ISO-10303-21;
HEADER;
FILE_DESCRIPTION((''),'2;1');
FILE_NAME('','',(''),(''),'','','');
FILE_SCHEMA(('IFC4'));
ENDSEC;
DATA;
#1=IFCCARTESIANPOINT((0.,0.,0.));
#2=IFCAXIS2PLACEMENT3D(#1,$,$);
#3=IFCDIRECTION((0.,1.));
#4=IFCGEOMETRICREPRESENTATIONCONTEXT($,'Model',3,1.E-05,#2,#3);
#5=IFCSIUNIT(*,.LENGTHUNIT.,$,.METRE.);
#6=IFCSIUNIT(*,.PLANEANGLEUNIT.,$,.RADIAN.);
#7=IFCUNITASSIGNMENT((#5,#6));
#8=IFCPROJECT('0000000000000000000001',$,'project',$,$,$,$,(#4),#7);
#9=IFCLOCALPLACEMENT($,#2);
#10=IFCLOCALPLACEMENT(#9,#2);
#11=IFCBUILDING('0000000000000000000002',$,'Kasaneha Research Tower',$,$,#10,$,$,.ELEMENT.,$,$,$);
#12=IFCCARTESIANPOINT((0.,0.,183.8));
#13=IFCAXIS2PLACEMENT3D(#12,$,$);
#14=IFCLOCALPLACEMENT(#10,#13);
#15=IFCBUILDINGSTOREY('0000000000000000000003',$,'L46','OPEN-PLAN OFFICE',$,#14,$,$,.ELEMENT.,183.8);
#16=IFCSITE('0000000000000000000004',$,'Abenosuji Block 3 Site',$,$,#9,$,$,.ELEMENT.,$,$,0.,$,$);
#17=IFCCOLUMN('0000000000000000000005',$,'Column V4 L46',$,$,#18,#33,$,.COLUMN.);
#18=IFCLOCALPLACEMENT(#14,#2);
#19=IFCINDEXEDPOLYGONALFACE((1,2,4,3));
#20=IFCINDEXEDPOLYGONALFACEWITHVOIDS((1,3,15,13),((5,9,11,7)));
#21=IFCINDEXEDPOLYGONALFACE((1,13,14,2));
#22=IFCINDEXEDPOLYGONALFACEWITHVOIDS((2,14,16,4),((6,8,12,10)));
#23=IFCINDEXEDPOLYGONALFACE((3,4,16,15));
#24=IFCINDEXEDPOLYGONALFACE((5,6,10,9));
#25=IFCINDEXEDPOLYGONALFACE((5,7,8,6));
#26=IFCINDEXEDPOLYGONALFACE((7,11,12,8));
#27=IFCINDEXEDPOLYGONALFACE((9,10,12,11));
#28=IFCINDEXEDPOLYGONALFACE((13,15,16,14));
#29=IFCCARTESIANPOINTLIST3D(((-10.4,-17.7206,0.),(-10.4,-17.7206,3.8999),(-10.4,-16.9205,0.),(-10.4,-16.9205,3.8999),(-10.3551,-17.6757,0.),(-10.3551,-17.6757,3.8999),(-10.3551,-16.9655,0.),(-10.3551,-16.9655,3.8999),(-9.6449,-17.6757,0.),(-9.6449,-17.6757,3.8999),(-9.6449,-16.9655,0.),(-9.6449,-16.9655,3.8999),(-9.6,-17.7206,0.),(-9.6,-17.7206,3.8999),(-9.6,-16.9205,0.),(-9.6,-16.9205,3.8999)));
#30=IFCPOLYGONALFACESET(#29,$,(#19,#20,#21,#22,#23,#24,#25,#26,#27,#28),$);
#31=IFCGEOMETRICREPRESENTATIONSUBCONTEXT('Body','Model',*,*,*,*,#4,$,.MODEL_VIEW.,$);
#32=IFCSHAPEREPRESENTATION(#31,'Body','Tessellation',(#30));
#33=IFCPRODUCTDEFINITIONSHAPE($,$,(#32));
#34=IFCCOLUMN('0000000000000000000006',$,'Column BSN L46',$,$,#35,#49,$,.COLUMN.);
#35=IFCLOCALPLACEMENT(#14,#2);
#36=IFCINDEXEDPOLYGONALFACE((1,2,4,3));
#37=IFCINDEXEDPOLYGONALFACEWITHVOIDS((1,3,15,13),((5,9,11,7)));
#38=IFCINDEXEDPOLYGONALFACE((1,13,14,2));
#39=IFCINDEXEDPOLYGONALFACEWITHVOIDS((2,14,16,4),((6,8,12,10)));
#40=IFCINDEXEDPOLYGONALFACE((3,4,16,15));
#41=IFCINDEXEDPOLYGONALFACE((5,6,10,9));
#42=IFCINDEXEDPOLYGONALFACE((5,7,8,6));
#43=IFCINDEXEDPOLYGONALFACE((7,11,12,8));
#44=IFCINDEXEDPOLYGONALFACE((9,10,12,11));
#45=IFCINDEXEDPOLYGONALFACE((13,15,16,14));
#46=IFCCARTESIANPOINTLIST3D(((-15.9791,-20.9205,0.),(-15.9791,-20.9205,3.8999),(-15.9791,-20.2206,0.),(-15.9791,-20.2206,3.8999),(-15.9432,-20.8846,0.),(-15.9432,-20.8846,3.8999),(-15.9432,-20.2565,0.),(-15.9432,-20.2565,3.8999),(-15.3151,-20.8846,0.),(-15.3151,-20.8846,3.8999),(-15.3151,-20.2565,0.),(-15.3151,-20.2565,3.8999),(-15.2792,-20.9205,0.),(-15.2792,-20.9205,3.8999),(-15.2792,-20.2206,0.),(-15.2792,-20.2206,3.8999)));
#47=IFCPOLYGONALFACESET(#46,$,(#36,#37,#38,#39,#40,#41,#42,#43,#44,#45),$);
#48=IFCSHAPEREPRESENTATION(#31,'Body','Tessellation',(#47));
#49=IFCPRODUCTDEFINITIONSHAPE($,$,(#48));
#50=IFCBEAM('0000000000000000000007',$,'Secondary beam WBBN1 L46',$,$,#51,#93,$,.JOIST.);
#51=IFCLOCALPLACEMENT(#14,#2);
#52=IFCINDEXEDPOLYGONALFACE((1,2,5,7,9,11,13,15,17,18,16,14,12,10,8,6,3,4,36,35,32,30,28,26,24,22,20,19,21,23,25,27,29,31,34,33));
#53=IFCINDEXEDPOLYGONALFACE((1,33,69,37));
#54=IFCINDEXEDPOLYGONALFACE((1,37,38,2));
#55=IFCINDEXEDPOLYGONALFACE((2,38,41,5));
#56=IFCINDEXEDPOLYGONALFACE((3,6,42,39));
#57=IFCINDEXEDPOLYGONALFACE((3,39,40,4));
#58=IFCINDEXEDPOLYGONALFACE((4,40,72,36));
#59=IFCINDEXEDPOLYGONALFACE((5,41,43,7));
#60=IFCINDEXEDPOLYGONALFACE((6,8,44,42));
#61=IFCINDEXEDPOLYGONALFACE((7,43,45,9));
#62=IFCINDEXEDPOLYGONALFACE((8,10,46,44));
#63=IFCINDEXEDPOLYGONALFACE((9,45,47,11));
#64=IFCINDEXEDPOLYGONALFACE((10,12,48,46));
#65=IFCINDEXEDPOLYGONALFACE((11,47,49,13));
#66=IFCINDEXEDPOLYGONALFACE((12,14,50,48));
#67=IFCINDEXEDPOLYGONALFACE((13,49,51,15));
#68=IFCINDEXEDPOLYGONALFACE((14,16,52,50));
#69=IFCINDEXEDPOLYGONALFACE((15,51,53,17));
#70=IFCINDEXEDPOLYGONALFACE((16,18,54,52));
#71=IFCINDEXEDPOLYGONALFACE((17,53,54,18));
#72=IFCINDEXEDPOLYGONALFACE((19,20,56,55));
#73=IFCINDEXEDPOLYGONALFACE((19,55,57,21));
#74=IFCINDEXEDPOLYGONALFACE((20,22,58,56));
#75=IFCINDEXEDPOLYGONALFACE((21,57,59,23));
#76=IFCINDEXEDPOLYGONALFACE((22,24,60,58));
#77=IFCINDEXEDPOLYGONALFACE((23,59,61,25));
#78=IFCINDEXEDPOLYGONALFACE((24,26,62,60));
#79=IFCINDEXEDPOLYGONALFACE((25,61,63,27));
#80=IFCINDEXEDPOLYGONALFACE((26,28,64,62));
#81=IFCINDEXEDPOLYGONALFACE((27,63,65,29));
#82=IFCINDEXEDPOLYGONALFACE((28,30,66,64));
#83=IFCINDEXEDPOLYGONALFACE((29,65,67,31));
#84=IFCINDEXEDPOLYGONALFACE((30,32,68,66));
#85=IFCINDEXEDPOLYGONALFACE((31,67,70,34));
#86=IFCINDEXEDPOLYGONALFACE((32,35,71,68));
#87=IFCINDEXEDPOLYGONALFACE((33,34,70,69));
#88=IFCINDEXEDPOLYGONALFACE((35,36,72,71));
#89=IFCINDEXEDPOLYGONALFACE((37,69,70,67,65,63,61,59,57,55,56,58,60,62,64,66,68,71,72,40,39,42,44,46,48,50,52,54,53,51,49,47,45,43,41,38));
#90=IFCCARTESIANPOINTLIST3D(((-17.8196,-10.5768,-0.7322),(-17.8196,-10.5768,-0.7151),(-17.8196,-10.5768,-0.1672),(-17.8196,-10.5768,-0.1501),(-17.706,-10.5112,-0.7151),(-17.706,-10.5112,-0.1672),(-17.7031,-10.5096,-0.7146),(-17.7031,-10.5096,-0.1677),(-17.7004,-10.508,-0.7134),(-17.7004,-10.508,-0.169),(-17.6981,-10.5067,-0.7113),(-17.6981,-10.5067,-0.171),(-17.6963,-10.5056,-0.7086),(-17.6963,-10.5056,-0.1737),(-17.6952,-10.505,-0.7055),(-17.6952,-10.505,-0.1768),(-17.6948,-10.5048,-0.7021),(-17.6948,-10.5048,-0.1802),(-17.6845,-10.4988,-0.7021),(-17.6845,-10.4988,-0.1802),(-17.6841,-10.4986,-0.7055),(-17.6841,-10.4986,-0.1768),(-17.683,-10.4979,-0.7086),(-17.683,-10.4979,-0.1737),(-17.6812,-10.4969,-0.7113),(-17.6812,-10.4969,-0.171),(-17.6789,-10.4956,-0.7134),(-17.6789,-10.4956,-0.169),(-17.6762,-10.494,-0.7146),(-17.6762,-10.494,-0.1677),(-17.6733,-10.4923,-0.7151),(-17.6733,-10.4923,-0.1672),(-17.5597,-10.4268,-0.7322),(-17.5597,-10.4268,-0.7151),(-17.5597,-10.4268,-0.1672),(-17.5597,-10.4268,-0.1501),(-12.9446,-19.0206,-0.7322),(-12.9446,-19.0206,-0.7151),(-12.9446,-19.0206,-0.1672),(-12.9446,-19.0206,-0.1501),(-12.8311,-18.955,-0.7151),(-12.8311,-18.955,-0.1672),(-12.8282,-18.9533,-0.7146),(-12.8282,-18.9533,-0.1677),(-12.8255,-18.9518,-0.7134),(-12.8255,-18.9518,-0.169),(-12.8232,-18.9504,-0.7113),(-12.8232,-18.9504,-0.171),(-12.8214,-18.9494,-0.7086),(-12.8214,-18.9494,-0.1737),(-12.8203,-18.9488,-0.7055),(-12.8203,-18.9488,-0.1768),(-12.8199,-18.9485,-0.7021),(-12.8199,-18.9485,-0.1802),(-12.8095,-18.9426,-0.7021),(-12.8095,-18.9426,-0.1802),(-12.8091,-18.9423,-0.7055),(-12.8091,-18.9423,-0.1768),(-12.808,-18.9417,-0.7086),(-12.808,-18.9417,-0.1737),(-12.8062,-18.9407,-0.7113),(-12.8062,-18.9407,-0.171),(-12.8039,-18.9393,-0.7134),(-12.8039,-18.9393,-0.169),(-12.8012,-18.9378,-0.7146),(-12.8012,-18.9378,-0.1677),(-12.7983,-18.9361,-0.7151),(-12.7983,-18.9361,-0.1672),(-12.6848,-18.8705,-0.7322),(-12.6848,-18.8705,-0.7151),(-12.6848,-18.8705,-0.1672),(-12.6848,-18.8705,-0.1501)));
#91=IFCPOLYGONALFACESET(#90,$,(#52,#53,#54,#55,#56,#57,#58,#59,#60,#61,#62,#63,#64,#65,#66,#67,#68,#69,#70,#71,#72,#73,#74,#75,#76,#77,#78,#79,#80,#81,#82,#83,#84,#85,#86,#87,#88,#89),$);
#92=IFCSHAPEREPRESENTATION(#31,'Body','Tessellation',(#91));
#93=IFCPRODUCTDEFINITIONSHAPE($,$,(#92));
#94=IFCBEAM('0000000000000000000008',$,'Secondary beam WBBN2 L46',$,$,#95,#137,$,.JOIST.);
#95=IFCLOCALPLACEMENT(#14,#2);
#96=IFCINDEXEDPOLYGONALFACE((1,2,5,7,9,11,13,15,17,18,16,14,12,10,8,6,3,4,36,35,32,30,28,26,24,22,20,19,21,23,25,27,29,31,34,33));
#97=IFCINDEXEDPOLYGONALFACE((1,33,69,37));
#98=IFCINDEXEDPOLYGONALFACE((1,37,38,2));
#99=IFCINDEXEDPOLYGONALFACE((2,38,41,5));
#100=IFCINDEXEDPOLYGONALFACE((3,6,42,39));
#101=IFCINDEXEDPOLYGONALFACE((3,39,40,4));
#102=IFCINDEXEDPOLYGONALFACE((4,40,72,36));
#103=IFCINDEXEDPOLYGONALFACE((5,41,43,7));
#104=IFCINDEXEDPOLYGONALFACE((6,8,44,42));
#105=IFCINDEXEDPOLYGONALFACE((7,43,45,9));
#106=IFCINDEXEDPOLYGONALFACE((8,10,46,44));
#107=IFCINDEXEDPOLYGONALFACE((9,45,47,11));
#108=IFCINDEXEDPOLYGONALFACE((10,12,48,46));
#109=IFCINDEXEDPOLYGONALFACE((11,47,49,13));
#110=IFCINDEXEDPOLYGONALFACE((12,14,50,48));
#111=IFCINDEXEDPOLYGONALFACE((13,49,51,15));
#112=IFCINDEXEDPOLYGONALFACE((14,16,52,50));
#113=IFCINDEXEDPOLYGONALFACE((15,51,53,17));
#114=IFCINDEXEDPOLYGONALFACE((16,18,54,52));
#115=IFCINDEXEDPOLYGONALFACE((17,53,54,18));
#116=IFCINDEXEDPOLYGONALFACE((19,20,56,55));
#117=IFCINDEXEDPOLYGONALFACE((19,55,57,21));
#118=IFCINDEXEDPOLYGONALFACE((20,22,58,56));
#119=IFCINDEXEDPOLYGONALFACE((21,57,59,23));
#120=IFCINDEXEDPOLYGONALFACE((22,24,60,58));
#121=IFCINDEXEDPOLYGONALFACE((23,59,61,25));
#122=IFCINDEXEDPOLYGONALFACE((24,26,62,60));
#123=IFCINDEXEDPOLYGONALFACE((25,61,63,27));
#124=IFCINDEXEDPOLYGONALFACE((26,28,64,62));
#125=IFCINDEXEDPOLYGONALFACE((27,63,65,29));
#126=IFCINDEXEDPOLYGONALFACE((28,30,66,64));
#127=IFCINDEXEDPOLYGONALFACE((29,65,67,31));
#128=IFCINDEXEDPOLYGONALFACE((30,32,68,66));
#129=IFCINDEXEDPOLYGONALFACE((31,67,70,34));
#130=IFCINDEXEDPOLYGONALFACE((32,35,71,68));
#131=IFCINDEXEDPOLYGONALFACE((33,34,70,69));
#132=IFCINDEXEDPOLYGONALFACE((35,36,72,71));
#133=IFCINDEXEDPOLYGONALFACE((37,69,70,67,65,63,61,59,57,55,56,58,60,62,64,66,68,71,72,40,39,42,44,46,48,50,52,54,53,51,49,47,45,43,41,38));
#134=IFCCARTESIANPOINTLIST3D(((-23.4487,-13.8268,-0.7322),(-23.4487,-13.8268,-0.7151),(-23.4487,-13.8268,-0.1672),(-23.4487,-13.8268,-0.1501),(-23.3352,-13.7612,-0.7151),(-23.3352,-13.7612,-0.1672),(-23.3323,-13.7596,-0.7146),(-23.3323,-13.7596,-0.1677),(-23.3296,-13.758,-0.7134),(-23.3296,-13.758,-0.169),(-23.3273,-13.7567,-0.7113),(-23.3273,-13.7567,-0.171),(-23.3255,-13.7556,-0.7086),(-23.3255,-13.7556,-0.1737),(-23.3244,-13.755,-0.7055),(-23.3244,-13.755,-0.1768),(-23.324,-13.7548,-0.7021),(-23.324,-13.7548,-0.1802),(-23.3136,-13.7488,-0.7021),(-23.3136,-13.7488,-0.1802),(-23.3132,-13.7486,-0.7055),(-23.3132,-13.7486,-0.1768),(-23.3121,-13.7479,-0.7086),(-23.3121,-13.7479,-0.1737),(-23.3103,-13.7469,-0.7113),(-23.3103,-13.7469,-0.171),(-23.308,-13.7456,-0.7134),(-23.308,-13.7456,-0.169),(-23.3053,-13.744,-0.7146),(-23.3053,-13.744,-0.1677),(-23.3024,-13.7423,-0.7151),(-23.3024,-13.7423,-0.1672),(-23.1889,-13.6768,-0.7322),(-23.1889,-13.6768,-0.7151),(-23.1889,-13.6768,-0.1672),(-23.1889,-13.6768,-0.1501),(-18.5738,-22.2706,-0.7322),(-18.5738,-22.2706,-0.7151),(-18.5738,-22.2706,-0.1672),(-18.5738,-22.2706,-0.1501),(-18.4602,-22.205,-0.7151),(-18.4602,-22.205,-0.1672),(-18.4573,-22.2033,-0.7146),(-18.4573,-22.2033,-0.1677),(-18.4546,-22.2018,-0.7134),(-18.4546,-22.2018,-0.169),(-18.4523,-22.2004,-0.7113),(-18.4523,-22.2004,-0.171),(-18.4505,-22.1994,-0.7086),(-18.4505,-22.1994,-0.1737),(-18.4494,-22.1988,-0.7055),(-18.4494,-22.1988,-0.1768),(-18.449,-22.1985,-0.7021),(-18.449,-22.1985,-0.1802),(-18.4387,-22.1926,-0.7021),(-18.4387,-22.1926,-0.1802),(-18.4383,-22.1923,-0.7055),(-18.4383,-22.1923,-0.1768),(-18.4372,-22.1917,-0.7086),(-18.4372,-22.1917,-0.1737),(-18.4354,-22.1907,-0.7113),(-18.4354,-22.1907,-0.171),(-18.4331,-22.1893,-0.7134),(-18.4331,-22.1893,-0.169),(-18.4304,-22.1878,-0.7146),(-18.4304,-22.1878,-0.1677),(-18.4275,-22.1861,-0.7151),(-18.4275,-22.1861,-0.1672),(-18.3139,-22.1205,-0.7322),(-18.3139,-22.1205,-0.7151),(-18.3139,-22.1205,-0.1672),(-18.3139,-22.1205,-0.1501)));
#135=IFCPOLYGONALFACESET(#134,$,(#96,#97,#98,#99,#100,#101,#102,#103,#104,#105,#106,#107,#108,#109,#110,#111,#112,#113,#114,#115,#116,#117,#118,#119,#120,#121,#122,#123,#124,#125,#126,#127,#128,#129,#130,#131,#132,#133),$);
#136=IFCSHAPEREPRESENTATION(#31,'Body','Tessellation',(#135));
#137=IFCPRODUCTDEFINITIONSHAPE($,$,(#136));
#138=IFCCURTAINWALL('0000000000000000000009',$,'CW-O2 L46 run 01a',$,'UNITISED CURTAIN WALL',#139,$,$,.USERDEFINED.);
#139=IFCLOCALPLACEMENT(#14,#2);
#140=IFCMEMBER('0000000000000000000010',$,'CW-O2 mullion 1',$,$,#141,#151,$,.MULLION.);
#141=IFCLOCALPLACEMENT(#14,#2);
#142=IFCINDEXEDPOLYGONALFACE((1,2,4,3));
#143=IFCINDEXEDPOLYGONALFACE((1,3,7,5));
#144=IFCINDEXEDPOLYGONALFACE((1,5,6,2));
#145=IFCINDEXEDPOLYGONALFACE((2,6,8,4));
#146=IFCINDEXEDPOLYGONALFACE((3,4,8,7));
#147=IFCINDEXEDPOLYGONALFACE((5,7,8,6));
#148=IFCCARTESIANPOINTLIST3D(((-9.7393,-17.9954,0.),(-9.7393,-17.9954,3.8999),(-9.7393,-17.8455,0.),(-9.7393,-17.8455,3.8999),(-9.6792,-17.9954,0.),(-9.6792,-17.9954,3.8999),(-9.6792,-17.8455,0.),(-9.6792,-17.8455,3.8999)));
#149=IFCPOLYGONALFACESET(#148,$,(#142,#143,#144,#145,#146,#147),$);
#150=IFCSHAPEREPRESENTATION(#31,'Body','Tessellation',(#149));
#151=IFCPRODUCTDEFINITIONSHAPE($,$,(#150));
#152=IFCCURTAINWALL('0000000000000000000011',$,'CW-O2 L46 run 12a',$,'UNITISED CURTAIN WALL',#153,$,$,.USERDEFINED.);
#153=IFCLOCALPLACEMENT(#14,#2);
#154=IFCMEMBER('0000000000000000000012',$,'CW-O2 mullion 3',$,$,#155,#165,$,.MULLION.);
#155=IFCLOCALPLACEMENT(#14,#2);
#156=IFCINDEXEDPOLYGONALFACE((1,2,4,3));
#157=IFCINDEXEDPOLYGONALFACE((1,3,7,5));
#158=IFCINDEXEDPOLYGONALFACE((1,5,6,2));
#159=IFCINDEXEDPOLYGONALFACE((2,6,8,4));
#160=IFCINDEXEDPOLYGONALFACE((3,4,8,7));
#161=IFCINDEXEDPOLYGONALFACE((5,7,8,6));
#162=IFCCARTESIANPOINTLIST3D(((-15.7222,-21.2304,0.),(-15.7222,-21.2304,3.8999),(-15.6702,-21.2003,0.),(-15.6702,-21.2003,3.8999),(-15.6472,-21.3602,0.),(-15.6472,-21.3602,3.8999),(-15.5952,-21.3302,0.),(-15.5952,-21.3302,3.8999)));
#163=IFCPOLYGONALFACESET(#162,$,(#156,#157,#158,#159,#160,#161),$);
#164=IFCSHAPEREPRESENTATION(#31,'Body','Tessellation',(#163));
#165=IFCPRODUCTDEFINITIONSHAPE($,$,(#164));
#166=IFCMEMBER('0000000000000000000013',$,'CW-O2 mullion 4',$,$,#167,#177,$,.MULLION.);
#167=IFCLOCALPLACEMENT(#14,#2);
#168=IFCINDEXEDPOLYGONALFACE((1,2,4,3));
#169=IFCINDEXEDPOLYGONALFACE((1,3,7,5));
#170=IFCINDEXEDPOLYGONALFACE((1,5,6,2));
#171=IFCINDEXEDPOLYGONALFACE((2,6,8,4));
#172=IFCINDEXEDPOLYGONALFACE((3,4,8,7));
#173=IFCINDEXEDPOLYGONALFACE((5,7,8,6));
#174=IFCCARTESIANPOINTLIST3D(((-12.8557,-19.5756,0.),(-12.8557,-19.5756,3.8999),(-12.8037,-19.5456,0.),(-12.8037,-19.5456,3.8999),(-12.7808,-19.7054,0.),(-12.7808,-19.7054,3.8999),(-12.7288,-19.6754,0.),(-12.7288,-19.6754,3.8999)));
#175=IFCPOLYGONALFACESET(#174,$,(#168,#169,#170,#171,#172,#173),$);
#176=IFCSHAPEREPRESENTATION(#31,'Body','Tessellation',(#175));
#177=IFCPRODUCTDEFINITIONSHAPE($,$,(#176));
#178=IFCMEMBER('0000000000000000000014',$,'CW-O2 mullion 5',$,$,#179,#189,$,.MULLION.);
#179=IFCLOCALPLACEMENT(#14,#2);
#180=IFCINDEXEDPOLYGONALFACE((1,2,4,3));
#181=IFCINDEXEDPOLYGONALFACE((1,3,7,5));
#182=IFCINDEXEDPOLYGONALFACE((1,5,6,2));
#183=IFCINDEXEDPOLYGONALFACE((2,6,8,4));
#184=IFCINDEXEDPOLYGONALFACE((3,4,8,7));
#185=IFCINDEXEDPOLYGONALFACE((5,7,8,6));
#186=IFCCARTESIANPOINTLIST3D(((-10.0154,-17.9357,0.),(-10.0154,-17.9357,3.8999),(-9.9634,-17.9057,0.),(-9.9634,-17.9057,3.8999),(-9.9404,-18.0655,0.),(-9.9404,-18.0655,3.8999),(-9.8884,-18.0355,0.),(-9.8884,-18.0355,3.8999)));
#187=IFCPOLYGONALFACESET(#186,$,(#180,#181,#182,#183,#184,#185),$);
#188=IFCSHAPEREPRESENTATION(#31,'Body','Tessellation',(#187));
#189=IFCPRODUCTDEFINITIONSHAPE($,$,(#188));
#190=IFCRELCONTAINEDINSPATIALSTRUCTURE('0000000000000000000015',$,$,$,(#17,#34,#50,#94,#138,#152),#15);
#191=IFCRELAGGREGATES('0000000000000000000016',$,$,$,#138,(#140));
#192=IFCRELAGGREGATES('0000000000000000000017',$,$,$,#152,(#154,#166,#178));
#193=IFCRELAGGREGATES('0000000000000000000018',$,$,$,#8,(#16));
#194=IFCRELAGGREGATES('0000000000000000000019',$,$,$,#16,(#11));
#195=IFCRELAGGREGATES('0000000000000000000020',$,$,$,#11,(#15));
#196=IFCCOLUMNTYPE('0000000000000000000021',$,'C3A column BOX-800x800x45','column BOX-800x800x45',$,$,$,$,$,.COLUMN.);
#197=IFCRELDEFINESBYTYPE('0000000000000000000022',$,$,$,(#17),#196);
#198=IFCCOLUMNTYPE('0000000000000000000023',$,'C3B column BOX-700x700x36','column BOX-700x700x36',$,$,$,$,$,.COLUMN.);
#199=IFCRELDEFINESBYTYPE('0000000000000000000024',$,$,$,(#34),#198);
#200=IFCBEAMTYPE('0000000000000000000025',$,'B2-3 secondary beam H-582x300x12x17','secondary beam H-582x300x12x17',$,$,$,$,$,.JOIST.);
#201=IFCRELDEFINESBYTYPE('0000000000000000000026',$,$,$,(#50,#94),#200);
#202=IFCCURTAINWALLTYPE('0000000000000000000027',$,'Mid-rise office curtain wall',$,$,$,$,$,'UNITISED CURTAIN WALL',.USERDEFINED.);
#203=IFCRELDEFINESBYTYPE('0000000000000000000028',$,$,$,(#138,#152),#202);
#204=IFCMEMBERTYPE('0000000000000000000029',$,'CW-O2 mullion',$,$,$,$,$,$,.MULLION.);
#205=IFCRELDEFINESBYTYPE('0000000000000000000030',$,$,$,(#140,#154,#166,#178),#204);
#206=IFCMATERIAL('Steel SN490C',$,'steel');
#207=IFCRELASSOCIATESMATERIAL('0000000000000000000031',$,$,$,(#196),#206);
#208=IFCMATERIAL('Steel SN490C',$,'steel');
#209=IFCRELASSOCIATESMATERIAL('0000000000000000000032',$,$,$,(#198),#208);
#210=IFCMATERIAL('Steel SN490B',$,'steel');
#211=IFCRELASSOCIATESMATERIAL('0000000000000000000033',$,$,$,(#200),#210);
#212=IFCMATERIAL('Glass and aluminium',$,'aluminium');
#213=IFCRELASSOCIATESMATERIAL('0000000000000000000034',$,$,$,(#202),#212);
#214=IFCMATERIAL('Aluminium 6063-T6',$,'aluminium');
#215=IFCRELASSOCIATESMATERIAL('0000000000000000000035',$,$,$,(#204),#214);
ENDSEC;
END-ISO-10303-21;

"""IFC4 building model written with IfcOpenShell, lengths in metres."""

from ifc_helpers import new_model, si_unit, direction, frame, origin, origin_2d, place, context, subcontext, project, spatial, rectangle, hollow_rectangle, i_section, extrude, material, material_profile, profile_set, type_object, element, aggregate, save


model = new_model("IFC4")

# Units and contexts
model_context = context("Model", 3, precision=1e-05, world=origin(), true_north=direction((0.0, 1.0)))
body_context = subcontext(model_context, "Body", "Model", "MODEL_VIEW")
ifc_project = project(units=[si_unit("LENGTHUNIT", "METRE"), si_unit("PLANEANGLEUNIT", "RADIAN")], contexts=[model_context])

# Site, building, storey
site_placement = place(None, origin())
site = spatial("IfcSite", under=ifc_project, at=site_placement, Name="Abenosuji Block 3 Site", CompositionType="ELEMENT", RefElevation=0.0)
building_placement = place(site_placement, origin())
building = spatial("IfcBuilding", under=site, at=building_placement, Name="Kasaneha Research Tower", CompositionType="ELEMENT")
storey_placement = place(building_placement, frame((0.0, 0.0, 183.8)))
storey = spatial("IfcBuildingStorey", under=building, at=storey_placement, Name="L46", Description="OPEN-PLAN OFFICE", CompositionType="ELEMENT", Elevation=183.8)

# Columns
ifc_material_1 = material(Name="Steel SN490C", Category="steel")
ifc_material_profile_1 = material_profile(ifc_material_1, hollow_rectangle(XDim=0.8, YDim=0.8, WallThickness=0.0449, at=origin_2d()), Name="BOX-800x800x45")
ifc_profile_set_1 = profile_set([ifc_material_profile_1], Name="Steel SN490C")
column_type_1 = type_object("IfcColumnType", Name="C3A column BOX-800x800x45", Description="column BOX-800x800x45", PredefinedType="COLUMN", material=ifc_profile_set_1)
column_1_placement = place(storey_placement, frame((-10.0, -17.3206, 0.0), z_axis=(0.0, 0.0, 1.0), x_axis=(1.0, 0.0, 0.0)))
element("IfcColumn", 1, at=column_1_placement, inside=storey, type_object=column_type_1, Name="Column V4 L46", PredefinedType="COLUMN", context=body_context, shape_type="SweptSolid", body=[
    extrude(hollow_rectangle(XDim=0.8, YDim=0.8, WallThickness=0.0449, at=origin_2d()), origin(), (0.0, 0.0, 1.0), 3.8999),
])
ifc_material_2 = material(Name="Steel SN490C", Category="steel")
ifc_material_profile_2 = material_profile(ifc_material_2, hollow_rectangle(XDim=0.7, YDim=0.7, WallThickness=0.0359, at=origin_2d()), Name="BOX-700x700x36")
ifc_profile_set_2 = profile_set([ifc_material_profile_2], Name="Steel SN490C")
column_type_2 = type_object("IfcColumnType", Name="C3B column BOX-700x700x36", Description="column BOX-700x700x36", PredefinedType="COLUMN", material=ifc_profile_set_2)
column_2_placement = place(storey_placement, frame((-15.6292, -20.5706, 0.0), z_axis=(0.0, 0.0, 1.0), x_axis=(1.0, 0.0, 0.0)))
element("IfcColumn", 2, at=column_2_placement, inside=storey, type_object=column_type_2, Name="Column BSN L46", PredefinedType="COLUMN", context=body_context, shape_type="SweptSolid", body=[
    extrude(hollow_rectangle(XDim=0.7, YDim=0.7, WallThickness=0.0359, at=origin_2d()), origin(), (0.0, 0.0, 1.0), 3.8999),
])

# Beams
ifc_material_3 = material(Name="Steel SN490B", Category="steel")
ifc_material_profile_3 = material_profile(ifc_material_3, i_section(OverallWidth=0.3, OverallDepth=0.582, WebThickness=0.012, FlangeThickness=0.0171, FilletRadius=0.0129, at=origin_2d()), Name="H-582x300x12x17")
ifc_profile_set_3 = profile_set([ifc_material_profile_3], Name="Steel SN490B")
beam_type_1 = type_object("IfcBeamType", Name="B2-3 secondary beam H-582x300x12x17", Description="secondary beam H-582x300x12x17", PredefinedType="JOIST", material=ifc_profile_set_3)
for number, where, z_axis, x_axis, name in (
    (3, (-12.8147, -18.9456, -0.4412), (-0.499996, 0.866028, 0.0), (-0.866028, -0.499996, 0.0), "Secondary beam WBBN1 L46"),
    (4, (-18.4438, -22.1956, -0.4412), (-0.499996, 0.866028, 0.0), (-0.866028, -0.499996, 0.0), "Secondary beam WBBN2 L46"),
):
    element("IfcBeam", number, at=place(storey_placement, frame(where, z_axis=z_axis, x_axis=x_axis)), inside=storey, type_object=beam_type_1, Name=name, PredefinedType="JOIST", context=body_context, shape_type="SweptSolid", body=[
        extrude(i_section(OverallWidth=0.3, OverallDepth=0.582, WebThickness=0.012, FlangeThickness=0.0171, FilletRadius=0.0129, at=origin_2d()), origin(), (0.0, 0.0, 1.0), 9.75),
    ])

# Curtain wall, member
ifc_material_4 = material(Name="Glass and aluminium", Category="aluminium")
curtain_wall_type = type_object("IfcCurtainWallType", Name="Mid-rise office curtain wall", ElementType="UNITISED CURTAIN WALL", PredefinedType="USERDEFINED", material=ifc_material_4)
curtain_wall_1_placement = place(storey_placement, origin())
curtain_wall_1 = element("IfcCurtainWall", 5, at=curtain_wall_1_placement, inside=storey, type_object=curtain_wall_type, Name="CW-O2 L46 run 01a", ObjectType="UNITISED CURTAIN WALL", PredefinedType="USERDEFINED")
ifc_material_5 = material(Name="Aluminium 6063-T6", Category="aluminium")
ifc_material_profile_4 = material_profile(ifc_material_5, rectangle(XDim=0.0601, YDim=0.1499, at=origin_2d()), Name="CW-O2 mullion 60x150")
ifc_profile_set_4 = profile_set([ifc_material_profile_4], Name="Aluminium 6063-T6")
member_type_1 = type_object("IfcMemberType", Name="CW-O2 mullion", PredefinedType="MULLION", material=ifc_profile_set_4)
member_1_placement = place(storey_placement, frame((-9.7092, -17.9204, 0.0), z_axis=(0.0, 0.0, 1.0), x_axis=(1.0, 0.0, 0.0)))
member_1 = element("IfcMember", 6, at=member_1_placement, type_object=member_type_1, Name="CW-O2 mullion 1", PredefinedType="MULLION", context=body_context, shape_type="SweptSolid", body=[
    extrude(rectangle(XDim=0.0601, YDim=0.1499, at=origin_2d()), origin(), (0.0, 0.0, 1.0), 3.8999),
])

# Curtain wall, members
curtain_wall_2_placement = place(storey_placement, origin())
curtain_wall_2 = element("IfcCurtainWall", 7, at=curtain_wall_2_placement, inside=storey, type_object=curtain_wall_type, Name="CW-O2 L46 run 12a", ObjectType="UNITISED CURTAIN WALL", PredefinedType="USERDEFINED")
member_2_placement = place(storey_placement, frame((-15.6587, -21.2803, 0.0), z_axis=(0.0, 0.0, 1.0), x_axis=(0.866025, 0.5, 0.0)))
member_2 = element("IfcMember", 8, at=member_2_placement, type_object=member_type_1, Name="CW-O2 mullion 3", PredefinedType="MULLION", context=body_context, shape_type="SweptSolid", body=[
    extrude(rectangle(XDim=0.0601, YDim=0.1499, at=origin_2d()), origin(), (0.0, 0.0, 1.0), 3.8999),
])
member_3_placement = place(storey_placement, frame((-12.7922, -19.6255, 0.0), z_axis=(0.0, 0.0, 1.0), x_axis=(0.866025, 0.5, 0.0)))
member_3 = element("IfcMember", 9, at=member_3_placement, type_object=member_type_1, Name="CW-O2 mullion 4", PredefinedType="MULLION", context=body_context, shape_type="SweptSolid", body=[
    extrude(rectangle(XDim=0.0601, YDim=0.1499, at=origin_2d()), origin(), (0.0, 0.0, 1.0), 3.8999),
])
member_4_placement = place(storey_placement, frame((-9.9519, -17.9856, 0.0), z_axis=(0.0, 0.0, 1.0), x_axis=(0.866025, 0.5, 0.0)))
member_4 = element("IfcMember", 10, at=member_4_placement, type_object=member_type_1, Name="CW-O2 mullion 5", PredefinedType="MULLION", context=body_context, shape_type="SweptSolid", body=[
    extrude(rectangle(XDim=0.0601, YDim=0.1499, at=origin_2d()), origin(), (0.0, 0.0, 1.0), 3.8999),
])

aggregate(curtain_wall_1, [member_1])

aggregate(curtain_wall_2, [member_2, member_3, member_4])

save(model, "model.ifc")
